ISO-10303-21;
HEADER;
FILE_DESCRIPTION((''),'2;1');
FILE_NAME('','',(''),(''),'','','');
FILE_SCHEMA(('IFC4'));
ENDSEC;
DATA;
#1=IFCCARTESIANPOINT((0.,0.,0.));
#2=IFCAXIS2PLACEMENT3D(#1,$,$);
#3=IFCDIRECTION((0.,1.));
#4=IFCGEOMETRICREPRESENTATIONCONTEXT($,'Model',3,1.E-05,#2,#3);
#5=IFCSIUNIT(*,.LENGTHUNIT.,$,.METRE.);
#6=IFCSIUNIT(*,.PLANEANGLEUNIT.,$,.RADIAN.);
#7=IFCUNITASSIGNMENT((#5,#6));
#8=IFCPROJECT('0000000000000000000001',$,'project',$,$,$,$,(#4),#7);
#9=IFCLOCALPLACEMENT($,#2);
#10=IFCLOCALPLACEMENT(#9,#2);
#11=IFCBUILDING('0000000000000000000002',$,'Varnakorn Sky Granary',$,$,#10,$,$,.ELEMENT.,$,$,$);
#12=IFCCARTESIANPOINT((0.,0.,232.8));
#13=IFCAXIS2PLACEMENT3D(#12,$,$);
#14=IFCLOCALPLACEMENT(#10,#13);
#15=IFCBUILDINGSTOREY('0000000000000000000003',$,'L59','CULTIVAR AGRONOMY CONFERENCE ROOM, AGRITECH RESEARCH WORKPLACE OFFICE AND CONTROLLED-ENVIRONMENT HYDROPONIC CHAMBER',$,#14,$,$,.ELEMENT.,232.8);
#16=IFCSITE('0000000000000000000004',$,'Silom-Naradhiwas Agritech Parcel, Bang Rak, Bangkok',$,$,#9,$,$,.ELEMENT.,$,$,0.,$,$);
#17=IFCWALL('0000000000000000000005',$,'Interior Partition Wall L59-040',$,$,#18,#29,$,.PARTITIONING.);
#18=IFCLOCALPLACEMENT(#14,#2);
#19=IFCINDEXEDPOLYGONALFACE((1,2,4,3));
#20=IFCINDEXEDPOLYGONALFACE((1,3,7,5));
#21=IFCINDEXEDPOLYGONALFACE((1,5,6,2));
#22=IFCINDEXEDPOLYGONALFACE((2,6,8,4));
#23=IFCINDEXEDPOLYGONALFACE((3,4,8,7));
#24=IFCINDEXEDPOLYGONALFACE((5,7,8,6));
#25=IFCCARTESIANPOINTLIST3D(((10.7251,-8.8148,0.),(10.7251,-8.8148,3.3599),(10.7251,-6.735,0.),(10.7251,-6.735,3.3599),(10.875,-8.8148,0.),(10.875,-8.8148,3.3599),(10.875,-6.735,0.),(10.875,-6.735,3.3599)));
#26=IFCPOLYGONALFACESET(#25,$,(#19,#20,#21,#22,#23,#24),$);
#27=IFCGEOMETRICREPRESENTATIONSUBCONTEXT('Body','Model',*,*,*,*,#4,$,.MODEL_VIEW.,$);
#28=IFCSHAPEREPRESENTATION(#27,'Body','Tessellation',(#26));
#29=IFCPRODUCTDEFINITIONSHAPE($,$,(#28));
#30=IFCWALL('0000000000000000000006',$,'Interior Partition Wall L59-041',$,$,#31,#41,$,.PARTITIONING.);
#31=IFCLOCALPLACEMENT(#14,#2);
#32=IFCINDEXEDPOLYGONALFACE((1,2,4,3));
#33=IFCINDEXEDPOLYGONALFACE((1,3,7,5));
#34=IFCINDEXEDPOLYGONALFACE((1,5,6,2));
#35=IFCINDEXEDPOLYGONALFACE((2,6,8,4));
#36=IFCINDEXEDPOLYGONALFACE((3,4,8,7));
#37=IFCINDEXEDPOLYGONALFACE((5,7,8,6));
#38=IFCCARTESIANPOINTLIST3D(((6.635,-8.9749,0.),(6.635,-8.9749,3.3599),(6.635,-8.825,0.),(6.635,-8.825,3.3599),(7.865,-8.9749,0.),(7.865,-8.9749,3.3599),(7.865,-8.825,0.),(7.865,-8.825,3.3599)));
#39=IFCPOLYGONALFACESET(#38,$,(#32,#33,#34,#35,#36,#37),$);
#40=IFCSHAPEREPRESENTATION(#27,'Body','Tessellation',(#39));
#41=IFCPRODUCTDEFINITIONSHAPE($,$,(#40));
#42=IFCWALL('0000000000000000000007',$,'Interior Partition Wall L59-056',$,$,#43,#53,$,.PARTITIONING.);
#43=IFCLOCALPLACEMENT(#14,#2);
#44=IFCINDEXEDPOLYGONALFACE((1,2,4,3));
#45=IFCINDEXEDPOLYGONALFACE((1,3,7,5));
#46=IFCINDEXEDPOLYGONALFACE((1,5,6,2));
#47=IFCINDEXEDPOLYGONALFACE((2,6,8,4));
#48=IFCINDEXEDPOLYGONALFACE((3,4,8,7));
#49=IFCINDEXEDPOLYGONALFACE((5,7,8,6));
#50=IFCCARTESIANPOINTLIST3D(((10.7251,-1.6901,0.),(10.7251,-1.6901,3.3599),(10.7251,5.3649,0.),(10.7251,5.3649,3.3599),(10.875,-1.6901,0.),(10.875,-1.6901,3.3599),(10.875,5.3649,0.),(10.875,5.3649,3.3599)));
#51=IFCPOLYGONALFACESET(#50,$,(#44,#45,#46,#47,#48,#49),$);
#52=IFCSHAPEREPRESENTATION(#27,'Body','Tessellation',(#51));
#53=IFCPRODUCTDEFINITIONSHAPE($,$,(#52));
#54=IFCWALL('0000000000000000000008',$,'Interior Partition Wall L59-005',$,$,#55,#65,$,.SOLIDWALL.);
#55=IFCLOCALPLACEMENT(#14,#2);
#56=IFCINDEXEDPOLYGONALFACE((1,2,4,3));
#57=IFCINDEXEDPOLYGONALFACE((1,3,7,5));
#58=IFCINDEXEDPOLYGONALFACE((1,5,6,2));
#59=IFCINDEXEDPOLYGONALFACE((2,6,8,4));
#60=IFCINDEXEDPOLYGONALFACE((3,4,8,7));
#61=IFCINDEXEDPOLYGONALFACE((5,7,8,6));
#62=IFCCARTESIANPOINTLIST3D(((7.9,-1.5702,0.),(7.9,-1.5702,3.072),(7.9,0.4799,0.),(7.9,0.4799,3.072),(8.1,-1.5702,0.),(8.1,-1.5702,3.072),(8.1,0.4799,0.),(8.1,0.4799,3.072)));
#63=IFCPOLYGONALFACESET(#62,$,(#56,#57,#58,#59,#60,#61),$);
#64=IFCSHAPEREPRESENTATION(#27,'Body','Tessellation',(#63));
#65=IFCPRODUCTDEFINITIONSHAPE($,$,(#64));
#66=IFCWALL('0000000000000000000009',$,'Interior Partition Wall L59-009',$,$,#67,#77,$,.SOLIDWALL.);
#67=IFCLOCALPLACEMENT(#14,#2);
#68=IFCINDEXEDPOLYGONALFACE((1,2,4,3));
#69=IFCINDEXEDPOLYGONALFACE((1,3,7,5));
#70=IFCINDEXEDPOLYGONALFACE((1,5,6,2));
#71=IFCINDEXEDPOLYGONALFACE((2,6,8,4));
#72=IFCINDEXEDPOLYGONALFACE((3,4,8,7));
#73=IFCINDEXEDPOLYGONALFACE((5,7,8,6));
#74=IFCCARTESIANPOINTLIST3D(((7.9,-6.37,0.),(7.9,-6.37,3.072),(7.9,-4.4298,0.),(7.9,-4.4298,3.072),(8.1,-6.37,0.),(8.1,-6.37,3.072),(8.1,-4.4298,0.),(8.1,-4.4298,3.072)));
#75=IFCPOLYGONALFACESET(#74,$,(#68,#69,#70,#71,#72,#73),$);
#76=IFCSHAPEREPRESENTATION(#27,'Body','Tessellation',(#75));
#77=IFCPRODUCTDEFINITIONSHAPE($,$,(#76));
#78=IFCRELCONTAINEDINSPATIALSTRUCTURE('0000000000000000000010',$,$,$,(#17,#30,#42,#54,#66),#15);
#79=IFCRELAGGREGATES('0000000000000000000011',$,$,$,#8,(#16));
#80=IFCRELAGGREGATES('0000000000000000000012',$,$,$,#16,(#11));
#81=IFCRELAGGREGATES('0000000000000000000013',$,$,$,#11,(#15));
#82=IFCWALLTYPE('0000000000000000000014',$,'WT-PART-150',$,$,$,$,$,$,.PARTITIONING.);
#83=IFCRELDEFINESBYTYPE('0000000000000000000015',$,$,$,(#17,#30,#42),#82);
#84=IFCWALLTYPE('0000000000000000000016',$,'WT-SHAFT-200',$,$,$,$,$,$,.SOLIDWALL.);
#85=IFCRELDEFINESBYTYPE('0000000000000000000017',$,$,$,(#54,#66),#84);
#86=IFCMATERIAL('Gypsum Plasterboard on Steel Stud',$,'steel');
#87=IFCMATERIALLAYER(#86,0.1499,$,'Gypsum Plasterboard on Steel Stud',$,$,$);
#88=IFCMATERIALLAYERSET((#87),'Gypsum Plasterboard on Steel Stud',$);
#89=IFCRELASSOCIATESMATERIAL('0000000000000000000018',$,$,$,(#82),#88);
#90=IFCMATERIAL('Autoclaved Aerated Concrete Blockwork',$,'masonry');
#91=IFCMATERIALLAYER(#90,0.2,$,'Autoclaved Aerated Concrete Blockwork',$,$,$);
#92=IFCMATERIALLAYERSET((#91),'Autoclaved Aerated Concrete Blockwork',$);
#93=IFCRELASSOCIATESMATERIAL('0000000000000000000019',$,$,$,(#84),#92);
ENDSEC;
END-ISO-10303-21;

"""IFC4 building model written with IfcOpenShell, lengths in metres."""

from ifc_helpers import new_model, si_unit, direction, frame, frame_2d, origin, place, context, subcontext, project, spatial, rectangle, extrude, material, layer, layer_set, type_object, element, save


model = new_model("IFC4")

# Units and contexts
model_context = context("Model", 3, precision=1e-05, world=origin(), true_north=direction((0.0, 1.0)))
body_context = subcontext(model_context, "Body", "Model", "MODEL_VIEW")
ifc_project = project(units=[si_unit("LENGTHUNIT", "METRE"), si_unit("PLANEANGLEUNIT", "RADIAN")], contexts=[model_context])

# Site, building, storey
site_placement = place(None, origin())
site = spatial("IfcSite", under=ifc_project, at=site_placement, Name="Silom-Naradhiwas Agritech Parcel, Bang Rak, Bangkok", CompositionType="ELEMENT", RefElevation=0.0)
building_placement = place(site_placement, origin())
building = spatial("IfcBuilding", under=site, at=building_placement, Name="Varnakorn Sky Granary", CompositionType="ELEMENT")
storey_placement = place(building_placement, frame((0.0, 0.0, 232.8)))
storey = spatial("IfcBuildingStorey", under=building, at=storey_placement, Name="L59", Description="CULTIVAR AGRONOMY CONFERENCE ROOM, AGRITECH RESEARCH WORKPLACE OFFICE AND CONTROLLED-ENVIRONMENT HYDROPONIC CHAMBER", CompositionType="ELEMENT", Elevation=232.8)

# Shared definitions
ifc_material_1 = material(Name="Autoclaved Aerated Concrete Blockwork", Category="masonry")
ifc_material_2 = material(Name="Gypsum Plasterboard on Steel Stud", Category="steel")
ifc_layer_1 = layer(ifc_material_2, 0.1499, Name="Gypsum Plasterboard on Steel Stud")
ifc_layer_set_1 = layer_set([ifc_layer_1], Name="Gypsum Plasterboard on Steel Stud")
wall_type_1 = type_object("IfcWallType", Name="WT-PART-150", PredefinedType="PARTITIONING", material=ifc_layer_set_1)

# Walls
wall_1_placement = place(storey_placement, frame((10.8, -8.8149, 0.0), z_axis=(0.0, 0.0, 1.0), x_axis=(0.0, 1.0, 0.0)))
element("IfcWall", 1, at=wall_1_placement, inside=storey, type_object=wall_type_1, Name="Interior Partition Wall L59-040", PredefinedType="PARTITIONING", context=body_context, shape_type="SweptSolid", body=[
    extrude(rectangle(XDim=2.0798, YDim=0.1499, at=frame_2d((1.04, 0.0))), origin(), (0.0, 0.0, 1.0), 3.3599),
])
wall_2_placement = place(storey_placement, frame((6.635, -8.8999, 0.0), z_axis=(0.0, 0.0, 1.0), x_axis=(1.0, 0.0, 0.0)))
element("IfcWall", 2, at=wall_2_placement, inside=storey, type_object=wall_type_1, Name="Interior Partition Wall L59-041", PredefinedType="PARTITIONING", context=body_context, shape_type="SweptSolid", body=[
    extrude(rectangle(XDim=1.23, YDim=0.1499, at=frame_2d((0.615, 0.0))), origin(), (0.0, 0.0, 1.0), 3.3599),
])
wall_3_placement = place(storey_placement, frame((10.8, -1.6899, 0.0), z_axis=(0.0, 0.0, 1.0), x_axis=(0.0, 1.0, 0.0)))
element("IfcWall", 3, at=wall_3_placement, inside=storey, type_object=wall_type_1, Name="Interior Partition Wall L59-056", PredefinedType="PARTITIONING", context=body_context, shape_type="SweptSolid", body=[
    extrude(rectangle(XDim=7.0549, YDim=0.1499, at=frame_2d((3.5273, 0.0))), origin(), (0.0, 0.0, 1.0), 3.3599),
])
ifc_layer_2 = layer(ifc_material_1, 0.2, Name="Autoclaved Aerated Concrete Blockwork")
ifc_layer_set_2 = layer_set([ifc_layer_2], Name="Autoclaved Aerated Concrete Blockwork")
wall_type_2 = type_object("IfcWallType", Name="WT-SHAFT-200", PredefinedType="SOLIDWALL", material=ifc_layer_set_2)
wall_4_placement = place(storey_placement, frame((8.0, -1.5701, 0.0), z_axis=(0.0, 0.0, 1.0), x_axis=(0.0, 1.0, 0.0)))
element("IfcWall", 4, at=wall_4_placement, inside=storey, type_object=wall_type_2, Name="Interior Partition Wall L59-005", PredefinedType="SOLIDWALL", context=body_context, shape_type="SweptSolid", body=[
    extrude(rectangle(XDim=2.05, YDim=0.2, at=frame_2d((1.0249, 0.0))), origin(), (0.0, 0.0, 1.0), 3.072),
])
wall_5_placement = place(storey_placement, frame((8.0, -6.3701, 0.0), z_axis=(0.0, 0.0, 1.0), x_axis=(0.0, 1.0, 0.0)))
element("IfcWall", 5, at=wall_5_placement, inside=storey, type_object=wall_type_2, Name="Interior Partition Wall L59-009", PredefinedType="SOLIDWALL", context=body_context, shape_type="SweptSolid", body=[
    extrude(rectangle(XDim=1.9402, YDim=0.2, at=frame_2d((0.9702, 0.0))), origin(), (0.0, 0.0, 1.0), 3.072),
])

save(model, "model.ifc")
